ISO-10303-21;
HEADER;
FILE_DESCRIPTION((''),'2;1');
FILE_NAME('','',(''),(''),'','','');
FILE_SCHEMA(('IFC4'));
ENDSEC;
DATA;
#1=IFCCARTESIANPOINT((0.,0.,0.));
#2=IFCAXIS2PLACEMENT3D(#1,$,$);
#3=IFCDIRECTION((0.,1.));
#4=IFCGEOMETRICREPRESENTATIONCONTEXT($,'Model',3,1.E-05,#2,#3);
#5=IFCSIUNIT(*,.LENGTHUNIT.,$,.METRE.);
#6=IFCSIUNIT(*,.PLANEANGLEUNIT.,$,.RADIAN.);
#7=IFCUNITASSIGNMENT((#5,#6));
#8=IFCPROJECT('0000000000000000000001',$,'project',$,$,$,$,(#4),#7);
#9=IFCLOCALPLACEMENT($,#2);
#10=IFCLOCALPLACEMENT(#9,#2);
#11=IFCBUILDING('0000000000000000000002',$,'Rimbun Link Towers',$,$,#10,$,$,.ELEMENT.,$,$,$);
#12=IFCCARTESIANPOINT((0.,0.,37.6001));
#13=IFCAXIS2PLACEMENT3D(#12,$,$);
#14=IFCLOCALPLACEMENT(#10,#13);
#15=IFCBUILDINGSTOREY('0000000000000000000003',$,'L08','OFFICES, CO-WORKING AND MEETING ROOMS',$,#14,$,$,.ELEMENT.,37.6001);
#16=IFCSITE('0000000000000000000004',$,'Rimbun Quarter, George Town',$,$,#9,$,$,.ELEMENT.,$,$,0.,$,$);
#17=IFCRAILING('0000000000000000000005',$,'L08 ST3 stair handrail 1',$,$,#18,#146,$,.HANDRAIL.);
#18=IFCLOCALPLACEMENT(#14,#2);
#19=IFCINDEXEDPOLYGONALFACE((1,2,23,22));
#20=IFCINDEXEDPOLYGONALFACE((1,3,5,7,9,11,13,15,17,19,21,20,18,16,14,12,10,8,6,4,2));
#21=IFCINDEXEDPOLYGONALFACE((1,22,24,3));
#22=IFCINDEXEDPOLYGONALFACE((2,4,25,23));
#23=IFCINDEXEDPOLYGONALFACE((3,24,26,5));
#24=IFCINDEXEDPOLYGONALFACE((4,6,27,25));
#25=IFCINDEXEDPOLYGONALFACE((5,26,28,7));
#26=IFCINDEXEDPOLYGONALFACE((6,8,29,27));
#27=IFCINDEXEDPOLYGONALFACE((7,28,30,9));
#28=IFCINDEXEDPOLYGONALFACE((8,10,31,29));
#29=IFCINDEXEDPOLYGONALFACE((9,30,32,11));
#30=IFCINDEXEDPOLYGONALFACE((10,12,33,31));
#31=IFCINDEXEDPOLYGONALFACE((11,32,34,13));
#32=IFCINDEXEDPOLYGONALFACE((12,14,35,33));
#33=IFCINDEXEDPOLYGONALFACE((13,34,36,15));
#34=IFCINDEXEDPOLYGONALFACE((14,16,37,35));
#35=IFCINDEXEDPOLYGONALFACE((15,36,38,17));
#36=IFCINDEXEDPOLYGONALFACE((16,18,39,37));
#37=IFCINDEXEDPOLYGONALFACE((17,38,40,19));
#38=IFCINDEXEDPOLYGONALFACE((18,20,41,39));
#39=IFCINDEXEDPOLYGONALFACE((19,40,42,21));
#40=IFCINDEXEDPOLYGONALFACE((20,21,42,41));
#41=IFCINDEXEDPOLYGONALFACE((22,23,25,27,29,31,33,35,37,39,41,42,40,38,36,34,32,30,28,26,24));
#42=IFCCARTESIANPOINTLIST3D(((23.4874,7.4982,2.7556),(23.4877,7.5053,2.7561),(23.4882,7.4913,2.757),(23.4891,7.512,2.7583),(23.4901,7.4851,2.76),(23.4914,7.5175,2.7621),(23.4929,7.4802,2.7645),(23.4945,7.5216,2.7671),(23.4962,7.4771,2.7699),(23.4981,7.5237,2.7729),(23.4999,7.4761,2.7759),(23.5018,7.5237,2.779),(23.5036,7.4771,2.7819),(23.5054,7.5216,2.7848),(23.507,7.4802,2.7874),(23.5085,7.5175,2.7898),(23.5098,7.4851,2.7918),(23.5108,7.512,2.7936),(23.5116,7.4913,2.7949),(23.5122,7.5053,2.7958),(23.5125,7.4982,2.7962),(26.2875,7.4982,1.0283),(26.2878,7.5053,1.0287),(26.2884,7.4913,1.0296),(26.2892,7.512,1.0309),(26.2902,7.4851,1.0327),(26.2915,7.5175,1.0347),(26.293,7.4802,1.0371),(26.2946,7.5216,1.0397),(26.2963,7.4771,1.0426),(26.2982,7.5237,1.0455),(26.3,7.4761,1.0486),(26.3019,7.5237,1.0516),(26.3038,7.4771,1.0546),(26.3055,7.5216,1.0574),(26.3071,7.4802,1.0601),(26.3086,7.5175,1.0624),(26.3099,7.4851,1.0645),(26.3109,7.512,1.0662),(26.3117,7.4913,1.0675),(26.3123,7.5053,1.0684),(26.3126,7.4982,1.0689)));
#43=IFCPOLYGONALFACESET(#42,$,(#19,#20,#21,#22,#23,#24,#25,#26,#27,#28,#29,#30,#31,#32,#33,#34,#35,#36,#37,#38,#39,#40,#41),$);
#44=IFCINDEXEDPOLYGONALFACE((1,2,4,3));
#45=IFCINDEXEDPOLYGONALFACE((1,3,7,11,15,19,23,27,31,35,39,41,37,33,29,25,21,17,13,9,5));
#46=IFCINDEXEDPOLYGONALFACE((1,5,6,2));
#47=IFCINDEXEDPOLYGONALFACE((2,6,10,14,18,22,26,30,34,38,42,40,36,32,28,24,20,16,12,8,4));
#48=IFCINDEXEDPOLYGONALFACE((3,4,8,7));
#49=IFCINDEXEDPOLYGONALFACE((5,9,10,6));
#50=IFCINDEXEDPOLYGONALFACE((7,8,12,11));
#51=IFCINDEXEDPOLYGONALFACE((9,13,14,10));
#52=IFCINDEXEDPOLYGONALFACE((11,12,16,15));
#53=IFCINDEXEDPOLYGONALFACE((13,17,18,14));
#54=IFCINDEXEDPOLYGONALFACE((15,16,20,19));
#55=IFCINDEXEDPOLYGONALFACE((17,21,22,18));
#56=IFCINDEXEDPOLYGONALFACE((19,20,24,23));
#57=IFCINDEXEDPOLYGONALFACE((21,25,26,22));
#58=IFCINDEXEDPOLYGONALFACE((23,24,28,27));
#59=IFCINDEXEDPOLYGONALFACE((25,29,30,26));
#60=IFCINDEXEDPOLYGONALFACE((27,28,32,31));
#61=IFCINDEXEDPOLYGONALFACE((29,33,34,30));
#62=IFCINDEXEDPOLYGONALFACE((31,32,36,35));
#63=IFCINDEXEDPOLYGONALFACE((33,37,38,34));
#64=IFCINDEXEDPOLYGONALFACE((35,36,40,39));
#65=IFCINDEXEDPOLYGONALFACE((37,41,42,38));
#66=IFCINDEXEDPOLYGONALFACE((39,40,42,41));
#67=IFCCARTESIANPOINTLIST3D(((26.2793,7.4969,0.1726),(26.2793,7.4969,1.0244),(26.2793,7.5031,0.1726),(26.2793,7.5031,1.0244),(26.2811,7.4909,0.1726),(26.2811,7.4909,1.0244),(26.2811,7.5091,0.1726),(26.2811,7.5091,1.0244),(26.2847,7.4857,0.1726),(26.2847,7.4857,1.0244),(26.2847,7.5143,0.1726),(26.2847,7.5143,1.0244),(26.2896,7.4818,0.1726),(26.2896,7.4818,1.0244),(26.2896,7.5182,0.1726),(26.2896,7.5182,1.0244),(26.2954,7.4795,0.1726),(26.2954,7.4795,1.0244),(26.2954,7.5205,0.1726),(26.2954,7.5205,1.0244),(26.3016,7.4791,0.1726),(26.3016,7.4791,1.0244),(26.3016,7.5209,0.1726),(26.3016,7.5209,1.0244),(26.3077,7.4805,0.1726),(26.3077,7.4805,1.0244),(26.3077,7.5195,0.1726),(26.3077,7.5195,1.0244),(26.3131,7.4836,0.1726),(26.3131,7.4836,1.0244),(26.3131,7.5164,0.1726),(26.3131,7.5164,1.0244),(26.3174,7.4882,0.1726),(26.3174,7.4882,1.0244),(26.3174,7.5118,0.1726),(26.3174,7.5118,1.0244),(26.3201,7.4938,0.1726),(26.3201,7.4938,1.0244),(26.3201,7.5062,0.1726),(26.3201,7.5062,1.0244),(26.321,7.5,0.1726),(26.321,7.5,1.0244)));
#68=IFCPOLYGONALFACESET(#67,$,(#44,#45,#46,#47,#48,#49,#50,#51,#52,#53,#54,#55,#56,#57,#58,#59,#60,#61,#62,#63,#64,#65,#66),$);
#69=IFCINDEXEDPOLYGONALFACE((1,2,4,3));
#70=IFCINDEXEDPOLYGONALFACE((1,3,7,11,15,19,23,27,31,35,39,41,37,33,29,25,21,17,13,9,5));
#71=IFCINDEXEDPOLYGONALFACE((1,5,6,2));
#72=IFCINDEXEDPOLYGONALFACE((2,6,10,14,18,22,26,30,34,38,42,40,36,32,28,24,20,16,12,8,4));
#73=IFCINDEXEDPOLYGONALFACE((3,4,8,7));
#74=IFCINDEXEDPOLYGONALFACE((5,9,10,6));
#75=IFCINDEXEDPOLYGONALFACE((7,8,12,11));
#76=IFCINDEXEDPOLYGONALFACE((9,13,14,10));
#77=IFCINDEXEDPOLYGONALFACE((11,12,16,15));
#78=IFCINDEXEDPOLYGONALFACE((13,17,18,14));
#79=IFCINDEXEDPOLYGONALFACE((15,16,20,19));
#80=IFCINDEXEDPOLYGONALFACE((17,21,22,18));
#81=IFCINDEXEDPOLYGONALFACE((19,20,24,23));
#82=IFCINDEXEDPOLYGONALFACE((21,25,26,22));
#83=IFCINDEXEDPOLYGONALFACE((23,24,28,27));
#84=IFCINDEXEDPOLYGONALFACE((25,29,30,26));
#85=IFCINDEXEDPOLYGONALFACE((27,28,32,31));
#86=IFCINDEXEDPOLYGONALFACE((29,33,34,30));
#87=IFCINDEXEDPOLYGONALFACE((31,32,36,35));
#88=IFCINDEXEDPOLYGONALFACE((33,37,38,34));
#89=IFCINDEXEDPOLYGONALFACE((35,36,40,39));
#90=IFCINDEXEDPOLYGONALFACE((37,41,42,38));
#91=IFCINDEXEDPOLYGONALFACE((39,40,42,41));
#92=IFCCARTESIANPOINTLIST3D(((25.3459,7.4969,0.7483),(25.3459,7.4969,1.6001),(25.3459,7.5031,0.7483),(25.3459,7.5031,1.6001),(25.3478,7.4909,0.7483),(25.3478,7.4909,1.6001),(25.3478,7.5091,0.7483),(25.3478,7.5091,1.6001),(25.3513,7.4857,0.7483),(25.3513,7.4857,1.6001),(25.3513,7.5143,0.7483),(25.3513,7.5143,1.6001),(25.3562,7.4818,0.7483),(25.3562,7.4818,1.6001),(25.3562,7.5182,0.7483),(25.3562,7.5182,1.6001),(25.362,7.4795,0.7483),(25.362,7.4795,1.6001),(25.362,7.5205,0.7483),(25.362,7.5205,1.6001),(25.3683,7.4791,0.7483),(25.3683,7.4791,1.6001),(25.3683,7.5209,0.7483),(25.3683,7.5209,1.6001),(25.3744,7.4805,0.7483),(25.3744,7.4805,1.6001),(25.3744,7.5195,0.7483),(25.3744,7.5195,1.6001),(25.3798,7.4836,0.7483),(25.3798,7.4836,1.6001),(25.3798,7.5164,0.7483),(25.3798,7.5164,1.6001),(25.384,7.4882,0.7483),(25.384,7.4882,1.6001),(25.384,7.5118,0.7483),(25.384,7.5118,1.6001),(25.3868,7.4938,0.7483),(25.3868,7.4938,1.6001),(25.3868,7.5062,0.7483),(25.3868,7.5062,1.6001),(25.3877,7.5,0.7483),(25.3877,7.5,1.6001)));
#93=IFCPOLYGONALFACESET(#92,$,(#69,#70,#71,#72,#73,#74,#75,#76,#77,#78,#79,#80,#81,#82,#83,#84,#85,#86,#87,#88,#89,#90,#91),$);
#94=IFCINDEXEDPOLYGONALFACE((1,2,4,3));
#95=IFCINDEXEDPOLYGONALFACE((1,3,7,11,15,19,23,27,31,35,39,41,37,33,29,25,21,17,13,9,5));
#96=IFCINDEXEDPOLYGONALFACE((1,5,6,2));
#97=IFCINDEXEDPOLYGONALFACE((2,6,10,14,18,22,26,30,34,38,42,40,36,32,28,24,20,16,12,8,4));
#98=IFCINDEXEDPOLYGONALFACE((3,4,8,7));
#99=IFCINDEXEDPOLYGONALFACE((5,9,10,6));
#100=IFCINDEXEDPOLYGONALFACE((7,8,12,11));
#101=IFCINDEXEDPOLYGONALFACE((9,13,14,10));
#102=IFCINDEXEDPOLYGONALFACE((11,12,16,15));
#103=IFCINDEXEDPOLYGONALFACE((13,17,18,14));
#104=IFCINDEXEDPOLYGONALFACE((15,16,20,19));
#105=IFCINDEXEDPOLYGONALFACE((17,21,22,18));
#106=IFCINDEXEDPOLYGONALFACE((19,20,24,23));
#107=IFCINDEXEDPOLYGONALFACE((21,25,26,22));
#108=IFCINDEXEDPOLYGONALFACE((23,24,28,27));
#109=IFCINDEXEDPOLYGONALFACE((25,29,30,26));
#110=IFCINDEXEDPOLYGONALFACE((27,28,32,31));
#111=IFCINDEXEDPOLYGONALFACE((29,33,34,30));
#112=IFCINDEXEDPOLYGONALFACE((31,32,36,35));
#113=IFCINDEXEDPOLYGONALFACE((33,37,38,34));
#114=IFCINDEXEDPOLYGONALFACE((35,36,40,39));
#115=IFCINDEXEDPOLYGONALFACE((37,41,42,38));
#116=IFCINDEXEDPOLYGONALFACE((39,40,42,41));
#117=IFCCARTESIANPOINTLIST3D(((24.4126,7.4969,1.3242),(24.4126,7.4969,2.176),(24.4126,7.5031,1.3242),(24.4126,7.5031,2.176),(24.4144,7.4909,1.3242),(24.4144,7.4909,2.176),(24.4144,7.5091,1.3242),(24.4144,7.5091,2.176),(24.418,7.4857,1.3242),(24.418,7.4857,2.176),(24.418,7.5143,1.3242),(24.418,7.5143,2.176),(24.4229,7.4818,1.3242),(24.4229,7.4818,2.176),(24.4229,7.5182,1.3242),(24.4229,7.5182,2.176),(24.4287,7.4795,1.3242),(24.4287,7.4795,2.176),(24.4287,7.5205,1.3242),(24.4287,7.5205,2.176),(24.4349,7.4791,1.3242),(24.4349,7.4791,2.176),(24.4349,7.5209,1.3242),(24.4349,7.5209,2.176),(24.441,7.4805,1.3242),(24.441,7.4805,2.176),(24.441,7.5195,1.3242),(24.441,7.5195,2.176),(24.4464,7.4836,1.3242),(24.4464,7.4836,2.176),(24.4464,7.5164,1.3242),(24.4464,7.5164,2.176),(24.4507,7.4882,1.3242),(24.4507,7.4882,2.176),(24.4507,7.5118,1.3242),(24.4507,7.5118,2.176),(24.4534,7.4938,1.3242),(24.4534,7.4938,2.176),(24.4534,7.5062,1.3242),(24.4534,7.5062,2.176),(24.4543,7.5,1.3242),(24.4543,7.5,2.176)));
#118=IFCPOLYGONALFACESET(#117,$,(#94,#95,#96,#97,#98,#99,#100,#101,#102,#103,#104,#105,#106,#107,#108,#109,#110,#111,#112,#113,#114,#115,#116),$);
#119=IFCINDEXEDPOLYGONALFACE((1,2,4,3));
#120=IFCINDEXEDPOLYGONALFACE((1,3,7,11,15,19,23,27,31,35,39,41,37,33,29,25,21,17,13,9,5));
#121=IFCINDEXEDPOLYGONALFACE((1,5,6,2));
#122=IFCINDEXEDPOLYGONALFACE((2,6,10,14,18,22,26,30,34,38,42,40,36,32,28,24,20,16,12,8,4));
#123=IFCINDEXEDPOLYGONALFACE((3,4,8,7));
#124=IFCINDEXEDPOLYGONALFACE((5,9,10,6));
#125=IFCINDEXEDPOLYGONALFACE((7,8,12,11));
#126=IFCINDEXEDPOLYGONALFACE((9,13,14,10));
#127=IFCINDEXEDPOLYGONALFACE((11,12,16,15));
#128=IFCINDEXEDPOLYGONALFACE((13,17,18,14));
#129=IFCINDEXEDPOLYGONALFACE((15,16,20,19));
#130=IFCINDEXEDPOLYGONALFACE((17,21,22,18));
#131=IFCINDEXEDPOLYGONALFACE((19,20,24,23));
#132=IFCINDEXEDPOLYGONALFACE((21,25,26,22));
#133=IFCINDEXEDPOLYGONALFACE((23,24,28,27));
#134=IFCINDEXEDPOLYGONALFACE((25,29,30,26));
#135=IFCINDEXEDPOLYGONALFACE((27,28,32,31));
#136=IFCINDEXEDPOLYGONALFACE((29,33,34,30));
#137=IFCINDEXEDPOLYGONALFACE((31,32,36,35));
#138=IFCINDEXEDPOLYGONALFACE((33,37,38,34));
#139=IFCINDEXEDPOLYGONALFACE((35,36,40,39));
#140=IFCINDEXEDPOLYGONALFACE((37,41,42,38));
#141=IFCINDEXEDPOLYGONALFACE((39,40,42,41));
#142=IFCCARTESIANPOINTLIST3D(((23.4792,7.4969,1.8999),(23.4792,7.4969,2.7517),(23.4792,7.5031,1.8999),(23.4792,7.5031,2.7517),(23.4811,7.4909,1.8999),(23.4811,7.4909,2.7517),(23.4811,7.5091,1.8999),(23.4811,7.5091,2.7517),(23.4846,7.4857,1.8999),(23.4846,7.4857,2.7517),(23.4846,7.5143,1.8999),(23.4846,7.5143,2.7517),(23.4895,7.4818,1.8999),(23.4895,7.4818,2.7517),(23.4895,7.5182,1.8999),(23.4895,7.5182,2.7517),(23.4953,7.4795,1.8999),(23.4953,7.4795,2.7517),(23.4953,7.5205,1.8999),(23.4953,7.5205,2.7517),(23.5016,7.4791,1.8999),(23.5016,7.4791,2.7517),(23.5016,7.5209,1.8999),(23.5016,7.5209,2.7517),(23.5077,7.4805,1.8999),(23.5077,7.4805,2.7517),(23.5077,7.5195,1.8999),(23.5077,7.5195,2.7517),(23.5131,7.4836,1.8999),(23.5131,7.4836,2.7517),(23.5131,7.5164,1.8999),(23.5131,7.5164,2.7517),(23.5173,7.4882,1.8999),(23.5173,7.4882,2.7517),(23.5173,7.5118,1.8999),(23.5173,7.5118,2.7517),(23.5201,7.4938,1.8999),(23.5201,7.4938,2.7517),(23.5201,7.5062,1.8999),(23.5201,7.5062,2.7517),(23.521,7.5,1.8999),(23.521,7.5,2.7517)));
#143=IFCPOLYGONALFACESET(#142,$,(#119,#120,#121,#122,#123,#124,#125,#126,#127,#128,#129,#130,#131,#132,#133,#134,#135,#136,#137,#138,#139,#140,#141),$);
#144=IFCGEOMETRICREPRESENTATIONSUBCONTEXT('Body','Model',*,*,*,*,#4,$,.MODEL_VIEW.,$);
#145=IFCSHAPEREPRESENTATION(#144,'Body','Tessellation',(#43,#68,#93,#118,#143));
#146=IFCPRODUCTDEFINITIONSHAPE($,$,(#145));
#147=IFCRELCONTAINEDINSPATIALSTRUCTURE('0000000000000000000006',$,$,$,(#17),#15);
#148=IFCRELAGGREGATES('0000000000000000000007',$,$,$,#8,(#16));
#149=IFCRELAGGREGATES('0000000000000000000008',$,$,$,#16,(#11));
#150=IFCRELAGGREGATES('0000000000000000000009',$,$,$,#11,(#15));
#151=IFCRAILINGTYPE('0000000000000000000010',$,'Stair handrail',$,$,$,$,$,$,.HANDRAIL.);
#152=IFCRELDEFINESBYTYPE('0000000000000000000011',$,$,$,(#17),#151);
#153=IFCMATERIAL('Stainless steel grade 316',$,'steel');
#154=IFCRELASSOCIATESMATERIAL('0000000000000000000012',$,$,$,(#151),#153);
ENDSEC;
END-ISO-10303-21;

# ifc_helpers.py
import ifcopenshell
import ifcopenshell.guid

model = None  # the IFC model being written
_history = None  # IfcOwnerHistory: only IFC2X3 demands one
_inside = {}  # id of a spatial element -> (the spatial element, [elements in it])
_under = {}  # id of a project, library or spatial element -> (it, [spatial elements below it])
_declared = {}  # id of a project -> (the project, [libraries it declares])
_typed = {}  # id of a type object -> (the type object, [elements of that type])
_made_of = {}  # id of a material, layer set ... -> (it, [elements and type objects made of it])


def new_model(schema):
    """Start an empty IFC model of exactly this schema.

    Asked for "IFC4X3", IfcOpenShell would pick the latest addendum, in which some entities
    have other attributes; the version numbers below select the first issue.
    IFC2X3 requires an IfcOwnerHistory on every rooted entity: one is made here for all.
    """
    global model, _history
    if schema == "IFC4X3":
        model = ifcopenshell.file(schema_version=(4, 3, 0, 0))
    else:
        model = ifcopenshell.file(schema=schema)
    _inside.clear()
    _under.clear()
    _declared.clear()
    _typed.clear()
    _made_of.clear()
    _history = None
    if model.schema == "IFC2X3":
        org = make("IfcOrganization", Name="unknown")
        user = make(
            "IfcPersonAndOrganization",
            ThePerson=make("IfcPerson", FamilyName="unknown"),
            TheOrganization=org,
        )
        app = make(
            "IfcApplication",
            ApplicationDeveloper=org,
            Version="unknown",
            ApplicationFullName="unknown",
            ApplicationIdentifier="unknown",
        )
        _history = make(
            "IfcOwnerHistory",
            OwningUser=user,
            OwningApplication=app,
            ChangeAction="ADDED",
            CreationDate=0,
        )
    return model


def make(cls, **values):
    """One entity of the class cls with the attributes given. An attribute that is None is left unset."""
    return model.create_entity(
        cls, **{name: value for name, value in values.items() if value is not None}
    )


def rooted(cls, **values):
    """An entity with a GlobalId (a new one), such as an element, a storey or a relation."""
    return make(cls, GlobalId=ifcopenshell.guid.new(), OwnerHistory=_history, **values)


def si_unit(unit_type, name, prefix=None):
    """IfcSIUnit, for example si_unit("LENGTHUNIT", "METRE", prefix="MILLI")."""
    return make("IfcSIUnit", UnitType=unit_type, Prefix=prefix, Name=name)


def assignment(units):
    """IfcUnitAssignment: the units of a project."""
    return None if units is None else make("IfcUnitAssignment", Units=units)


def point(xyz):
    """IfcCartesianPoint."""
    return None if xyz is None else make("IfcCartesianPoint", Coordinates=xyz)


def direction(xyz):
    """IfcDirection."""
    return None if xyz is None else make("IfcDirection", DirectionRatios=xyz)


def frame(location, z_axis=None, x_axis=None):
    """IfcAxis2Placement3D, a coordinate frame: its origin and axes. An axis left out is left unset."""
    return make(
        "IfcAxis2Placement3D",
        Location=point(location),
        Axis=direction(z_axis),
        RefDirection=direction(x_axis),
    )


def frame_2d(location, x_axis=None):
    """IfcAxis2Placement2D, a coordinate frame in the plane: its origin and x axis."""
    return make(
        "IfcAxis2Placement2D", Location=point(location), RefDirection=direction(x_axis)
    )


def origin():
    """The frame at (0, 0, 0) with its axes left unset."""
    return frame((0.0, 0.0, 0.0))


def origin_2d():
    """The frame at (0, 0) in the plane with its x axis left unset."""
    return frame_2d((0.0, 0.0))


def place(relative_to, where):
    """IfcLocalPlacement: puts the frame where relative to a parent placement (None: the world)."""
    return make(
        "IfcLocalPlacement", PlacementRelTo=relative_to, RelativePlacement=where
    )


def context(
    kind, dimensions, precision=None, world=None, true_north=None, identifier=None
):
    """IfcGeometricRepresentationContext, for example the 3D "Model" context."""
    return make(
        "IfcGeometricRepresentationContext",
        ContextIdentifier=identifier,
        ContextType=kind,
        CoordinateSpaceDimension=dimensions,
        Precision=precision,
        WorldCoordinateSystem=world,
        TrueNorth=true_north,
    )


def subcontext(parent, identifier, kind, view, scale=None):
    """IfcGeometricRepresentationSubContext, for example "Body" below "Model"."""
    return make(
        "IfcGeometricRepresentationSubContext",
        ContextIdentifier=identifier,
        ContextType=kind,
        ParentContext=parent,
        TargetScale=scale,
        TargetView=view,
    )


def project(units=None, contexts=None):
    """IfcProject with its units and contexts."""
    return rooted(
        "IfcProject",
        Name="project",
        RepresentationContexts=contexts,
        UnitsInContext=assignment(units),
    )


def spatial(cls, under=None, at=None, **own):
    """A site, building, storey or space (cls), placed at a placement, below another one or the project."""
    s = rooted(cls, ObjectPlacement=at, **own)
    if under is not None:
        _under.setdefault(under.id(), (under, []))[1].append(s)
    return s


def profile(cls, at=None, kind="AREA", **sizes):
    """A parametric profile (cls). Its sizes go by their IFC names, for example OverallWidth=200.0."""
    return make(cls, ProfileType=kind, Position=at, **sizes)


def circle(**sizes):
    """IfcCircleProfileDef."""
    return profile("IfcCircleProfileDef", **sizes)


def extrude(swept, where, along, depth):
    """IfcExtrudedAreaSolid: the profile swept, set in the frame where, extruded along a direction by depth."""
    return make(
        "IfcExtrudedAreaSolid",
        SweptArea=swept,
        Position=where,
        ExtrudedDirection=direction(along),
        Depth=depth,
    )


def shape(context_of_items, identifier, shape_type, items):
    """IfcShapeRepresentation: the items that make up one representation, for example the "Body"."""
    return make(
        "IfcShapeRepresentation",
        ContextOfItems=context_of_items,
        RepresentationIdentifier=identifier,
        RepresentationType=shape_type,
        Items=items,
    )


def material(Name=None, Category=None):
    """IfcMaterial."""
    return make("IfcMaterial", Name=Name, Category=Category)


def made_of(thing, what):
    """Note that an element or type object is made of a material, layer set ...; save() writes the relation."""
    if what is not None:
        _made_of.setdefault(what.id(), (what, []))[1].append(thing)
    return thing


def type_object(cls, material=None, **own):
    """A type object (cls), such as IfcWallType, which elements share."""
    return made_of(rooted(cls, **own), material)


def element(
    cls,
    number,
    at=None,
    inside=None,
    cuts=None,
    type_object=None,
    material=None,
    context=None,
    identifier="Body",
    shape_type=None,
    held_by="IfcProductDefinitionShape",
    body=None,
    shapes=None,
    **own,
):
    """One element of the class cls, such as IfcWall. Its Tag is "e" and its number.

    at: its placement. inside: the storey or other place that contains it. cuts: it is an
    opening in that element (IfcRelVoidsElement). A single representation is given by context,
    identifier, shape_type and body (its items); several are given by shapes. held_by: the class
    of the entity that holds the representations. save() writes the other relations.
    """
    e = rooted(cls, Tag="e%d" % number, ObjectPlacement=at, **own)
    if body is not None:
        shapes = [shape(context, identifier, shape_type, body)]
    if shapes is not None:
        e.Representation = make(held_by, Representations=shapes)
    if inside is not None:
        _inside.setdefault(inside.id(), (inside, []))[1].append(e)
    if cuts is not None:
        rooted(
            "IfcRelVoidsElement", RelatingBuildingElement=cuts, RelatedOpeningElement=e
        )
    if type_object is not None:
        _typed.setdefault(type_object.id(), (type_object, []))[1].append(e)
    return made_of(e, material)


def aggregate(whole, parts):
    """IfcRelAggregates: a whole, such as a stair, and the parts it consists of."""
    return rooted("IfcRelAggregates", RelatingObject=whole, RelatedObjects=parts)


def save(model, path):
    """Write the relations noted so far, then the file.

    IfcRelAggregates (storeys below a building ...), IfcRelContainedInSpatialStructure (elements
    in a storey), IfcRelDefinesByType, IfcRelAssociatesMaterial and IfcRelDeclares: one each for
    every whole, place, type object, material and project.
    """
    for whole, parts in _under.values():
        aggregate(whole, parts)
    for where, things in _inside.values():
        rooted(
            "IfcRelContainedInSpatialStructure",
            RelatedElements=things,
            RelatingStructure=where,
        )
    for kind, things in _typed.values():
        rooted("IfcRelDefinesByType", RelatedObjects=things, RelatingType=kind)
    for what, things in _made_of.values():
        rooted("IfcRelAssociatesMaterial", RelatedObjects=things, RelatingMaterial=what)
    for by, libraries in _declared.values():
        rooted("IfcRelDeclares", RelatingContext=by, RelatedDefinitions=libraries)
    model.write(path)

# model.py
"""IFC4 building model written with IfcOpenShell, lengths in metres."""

from ifc_helpers import new_model, si_unit, direction, frame, origin, origin_2d, place, context, subcontext, project, spatial, circle, extrude, material, type_object, element, save


model = new_model("IFC4")

# Units and contexts
model_context = context("Model", 3, precision=1e-05, world=origin(), true_north=direction((0.0, 1.0)))
body_context = subcontext(model_context, "Body", "Model", "MODEL_VIEW")
ifc_project = project(units=[si_unit("LENGTHUNIT", "METRE"), si_unit("PLANEANGLEUNIT", "RADIAN")], contexts=[model_context])

# Site, building, storey
site_placement = place(None, origin())
site = spatial("IfcSite", under=ifc_project, at=site_placement, Name="Rimbun Quarter, George Town", CompositionType="ELEMENT", RefElevation=0.0)
building_placement = place(site_placement, origin())
building = spatial("IfcBuilding", under=site, at=building_placement, Name="Rimbun Link Towers", CompositionType="ELEMENT")
storey_placement = place(building_placement, frame((0.0, 0.0, 37.6001)))
storey = spatial("IfcBuildingStorey", under=building, at=storey_placement, Name="L08", Description="OFFICES, CO-WORKING AND MEETING ROOMS", CompositionType="ELEMENT", Elevation=37.6001)

# Railing
ifc_material_1 = material(Name="Stainless steel grade 316", Category="steel")
railing_type_1 = type_object("IfcRailingType", Name="Stair handrail", PredefinedType="HANDRAIL", material=ifc_material_1)
railing_1_placement = place(storey_placement, frame((26.3, 7.5, 0.1726)))
element("IfcRailing", 1, at=railing_1_placement, inside=storey, type_object=railing_type_1, Name="L08 ST3 stair handrail 1", PredefinedType="HANDRAIL", context=body_context, shape_type="SweptSolid", body=[
    extrude(circle(Radius=0.0239, at=origin_2d()), frame((0.0, 0.0, 0.876), z_axis=(-0.85109, 0.0, 0.52502), x_axis=(0.0, -1.0, 0.0)), (0.0, 0.0, 1.0), 3.29),
    extrude(circle(Radius=0.021, at=origin_2d()), origin(), (0.0, 0.0, 1.0), 0.8518),
    extrude(circle(Radius=0.021, at=origin_2d()), frame((-0.9333, 0.0, 0.5757)), (0.0, 0.0, 1.0), 0.8518),
    extrude(circle(Radius=0.021, at=origin_2d()), frame((-1.8667, 0.0, 1.1516)), (0.0, 0.0, 1.0), 0.8518),
    extrude(circle(Radius=0.021, at=origin_2d()), frame((-2.8, 0.0, 1.7273)), (0.0, 0.0, 1.0), 0.8518),
])

save(model, "model.ifc")
